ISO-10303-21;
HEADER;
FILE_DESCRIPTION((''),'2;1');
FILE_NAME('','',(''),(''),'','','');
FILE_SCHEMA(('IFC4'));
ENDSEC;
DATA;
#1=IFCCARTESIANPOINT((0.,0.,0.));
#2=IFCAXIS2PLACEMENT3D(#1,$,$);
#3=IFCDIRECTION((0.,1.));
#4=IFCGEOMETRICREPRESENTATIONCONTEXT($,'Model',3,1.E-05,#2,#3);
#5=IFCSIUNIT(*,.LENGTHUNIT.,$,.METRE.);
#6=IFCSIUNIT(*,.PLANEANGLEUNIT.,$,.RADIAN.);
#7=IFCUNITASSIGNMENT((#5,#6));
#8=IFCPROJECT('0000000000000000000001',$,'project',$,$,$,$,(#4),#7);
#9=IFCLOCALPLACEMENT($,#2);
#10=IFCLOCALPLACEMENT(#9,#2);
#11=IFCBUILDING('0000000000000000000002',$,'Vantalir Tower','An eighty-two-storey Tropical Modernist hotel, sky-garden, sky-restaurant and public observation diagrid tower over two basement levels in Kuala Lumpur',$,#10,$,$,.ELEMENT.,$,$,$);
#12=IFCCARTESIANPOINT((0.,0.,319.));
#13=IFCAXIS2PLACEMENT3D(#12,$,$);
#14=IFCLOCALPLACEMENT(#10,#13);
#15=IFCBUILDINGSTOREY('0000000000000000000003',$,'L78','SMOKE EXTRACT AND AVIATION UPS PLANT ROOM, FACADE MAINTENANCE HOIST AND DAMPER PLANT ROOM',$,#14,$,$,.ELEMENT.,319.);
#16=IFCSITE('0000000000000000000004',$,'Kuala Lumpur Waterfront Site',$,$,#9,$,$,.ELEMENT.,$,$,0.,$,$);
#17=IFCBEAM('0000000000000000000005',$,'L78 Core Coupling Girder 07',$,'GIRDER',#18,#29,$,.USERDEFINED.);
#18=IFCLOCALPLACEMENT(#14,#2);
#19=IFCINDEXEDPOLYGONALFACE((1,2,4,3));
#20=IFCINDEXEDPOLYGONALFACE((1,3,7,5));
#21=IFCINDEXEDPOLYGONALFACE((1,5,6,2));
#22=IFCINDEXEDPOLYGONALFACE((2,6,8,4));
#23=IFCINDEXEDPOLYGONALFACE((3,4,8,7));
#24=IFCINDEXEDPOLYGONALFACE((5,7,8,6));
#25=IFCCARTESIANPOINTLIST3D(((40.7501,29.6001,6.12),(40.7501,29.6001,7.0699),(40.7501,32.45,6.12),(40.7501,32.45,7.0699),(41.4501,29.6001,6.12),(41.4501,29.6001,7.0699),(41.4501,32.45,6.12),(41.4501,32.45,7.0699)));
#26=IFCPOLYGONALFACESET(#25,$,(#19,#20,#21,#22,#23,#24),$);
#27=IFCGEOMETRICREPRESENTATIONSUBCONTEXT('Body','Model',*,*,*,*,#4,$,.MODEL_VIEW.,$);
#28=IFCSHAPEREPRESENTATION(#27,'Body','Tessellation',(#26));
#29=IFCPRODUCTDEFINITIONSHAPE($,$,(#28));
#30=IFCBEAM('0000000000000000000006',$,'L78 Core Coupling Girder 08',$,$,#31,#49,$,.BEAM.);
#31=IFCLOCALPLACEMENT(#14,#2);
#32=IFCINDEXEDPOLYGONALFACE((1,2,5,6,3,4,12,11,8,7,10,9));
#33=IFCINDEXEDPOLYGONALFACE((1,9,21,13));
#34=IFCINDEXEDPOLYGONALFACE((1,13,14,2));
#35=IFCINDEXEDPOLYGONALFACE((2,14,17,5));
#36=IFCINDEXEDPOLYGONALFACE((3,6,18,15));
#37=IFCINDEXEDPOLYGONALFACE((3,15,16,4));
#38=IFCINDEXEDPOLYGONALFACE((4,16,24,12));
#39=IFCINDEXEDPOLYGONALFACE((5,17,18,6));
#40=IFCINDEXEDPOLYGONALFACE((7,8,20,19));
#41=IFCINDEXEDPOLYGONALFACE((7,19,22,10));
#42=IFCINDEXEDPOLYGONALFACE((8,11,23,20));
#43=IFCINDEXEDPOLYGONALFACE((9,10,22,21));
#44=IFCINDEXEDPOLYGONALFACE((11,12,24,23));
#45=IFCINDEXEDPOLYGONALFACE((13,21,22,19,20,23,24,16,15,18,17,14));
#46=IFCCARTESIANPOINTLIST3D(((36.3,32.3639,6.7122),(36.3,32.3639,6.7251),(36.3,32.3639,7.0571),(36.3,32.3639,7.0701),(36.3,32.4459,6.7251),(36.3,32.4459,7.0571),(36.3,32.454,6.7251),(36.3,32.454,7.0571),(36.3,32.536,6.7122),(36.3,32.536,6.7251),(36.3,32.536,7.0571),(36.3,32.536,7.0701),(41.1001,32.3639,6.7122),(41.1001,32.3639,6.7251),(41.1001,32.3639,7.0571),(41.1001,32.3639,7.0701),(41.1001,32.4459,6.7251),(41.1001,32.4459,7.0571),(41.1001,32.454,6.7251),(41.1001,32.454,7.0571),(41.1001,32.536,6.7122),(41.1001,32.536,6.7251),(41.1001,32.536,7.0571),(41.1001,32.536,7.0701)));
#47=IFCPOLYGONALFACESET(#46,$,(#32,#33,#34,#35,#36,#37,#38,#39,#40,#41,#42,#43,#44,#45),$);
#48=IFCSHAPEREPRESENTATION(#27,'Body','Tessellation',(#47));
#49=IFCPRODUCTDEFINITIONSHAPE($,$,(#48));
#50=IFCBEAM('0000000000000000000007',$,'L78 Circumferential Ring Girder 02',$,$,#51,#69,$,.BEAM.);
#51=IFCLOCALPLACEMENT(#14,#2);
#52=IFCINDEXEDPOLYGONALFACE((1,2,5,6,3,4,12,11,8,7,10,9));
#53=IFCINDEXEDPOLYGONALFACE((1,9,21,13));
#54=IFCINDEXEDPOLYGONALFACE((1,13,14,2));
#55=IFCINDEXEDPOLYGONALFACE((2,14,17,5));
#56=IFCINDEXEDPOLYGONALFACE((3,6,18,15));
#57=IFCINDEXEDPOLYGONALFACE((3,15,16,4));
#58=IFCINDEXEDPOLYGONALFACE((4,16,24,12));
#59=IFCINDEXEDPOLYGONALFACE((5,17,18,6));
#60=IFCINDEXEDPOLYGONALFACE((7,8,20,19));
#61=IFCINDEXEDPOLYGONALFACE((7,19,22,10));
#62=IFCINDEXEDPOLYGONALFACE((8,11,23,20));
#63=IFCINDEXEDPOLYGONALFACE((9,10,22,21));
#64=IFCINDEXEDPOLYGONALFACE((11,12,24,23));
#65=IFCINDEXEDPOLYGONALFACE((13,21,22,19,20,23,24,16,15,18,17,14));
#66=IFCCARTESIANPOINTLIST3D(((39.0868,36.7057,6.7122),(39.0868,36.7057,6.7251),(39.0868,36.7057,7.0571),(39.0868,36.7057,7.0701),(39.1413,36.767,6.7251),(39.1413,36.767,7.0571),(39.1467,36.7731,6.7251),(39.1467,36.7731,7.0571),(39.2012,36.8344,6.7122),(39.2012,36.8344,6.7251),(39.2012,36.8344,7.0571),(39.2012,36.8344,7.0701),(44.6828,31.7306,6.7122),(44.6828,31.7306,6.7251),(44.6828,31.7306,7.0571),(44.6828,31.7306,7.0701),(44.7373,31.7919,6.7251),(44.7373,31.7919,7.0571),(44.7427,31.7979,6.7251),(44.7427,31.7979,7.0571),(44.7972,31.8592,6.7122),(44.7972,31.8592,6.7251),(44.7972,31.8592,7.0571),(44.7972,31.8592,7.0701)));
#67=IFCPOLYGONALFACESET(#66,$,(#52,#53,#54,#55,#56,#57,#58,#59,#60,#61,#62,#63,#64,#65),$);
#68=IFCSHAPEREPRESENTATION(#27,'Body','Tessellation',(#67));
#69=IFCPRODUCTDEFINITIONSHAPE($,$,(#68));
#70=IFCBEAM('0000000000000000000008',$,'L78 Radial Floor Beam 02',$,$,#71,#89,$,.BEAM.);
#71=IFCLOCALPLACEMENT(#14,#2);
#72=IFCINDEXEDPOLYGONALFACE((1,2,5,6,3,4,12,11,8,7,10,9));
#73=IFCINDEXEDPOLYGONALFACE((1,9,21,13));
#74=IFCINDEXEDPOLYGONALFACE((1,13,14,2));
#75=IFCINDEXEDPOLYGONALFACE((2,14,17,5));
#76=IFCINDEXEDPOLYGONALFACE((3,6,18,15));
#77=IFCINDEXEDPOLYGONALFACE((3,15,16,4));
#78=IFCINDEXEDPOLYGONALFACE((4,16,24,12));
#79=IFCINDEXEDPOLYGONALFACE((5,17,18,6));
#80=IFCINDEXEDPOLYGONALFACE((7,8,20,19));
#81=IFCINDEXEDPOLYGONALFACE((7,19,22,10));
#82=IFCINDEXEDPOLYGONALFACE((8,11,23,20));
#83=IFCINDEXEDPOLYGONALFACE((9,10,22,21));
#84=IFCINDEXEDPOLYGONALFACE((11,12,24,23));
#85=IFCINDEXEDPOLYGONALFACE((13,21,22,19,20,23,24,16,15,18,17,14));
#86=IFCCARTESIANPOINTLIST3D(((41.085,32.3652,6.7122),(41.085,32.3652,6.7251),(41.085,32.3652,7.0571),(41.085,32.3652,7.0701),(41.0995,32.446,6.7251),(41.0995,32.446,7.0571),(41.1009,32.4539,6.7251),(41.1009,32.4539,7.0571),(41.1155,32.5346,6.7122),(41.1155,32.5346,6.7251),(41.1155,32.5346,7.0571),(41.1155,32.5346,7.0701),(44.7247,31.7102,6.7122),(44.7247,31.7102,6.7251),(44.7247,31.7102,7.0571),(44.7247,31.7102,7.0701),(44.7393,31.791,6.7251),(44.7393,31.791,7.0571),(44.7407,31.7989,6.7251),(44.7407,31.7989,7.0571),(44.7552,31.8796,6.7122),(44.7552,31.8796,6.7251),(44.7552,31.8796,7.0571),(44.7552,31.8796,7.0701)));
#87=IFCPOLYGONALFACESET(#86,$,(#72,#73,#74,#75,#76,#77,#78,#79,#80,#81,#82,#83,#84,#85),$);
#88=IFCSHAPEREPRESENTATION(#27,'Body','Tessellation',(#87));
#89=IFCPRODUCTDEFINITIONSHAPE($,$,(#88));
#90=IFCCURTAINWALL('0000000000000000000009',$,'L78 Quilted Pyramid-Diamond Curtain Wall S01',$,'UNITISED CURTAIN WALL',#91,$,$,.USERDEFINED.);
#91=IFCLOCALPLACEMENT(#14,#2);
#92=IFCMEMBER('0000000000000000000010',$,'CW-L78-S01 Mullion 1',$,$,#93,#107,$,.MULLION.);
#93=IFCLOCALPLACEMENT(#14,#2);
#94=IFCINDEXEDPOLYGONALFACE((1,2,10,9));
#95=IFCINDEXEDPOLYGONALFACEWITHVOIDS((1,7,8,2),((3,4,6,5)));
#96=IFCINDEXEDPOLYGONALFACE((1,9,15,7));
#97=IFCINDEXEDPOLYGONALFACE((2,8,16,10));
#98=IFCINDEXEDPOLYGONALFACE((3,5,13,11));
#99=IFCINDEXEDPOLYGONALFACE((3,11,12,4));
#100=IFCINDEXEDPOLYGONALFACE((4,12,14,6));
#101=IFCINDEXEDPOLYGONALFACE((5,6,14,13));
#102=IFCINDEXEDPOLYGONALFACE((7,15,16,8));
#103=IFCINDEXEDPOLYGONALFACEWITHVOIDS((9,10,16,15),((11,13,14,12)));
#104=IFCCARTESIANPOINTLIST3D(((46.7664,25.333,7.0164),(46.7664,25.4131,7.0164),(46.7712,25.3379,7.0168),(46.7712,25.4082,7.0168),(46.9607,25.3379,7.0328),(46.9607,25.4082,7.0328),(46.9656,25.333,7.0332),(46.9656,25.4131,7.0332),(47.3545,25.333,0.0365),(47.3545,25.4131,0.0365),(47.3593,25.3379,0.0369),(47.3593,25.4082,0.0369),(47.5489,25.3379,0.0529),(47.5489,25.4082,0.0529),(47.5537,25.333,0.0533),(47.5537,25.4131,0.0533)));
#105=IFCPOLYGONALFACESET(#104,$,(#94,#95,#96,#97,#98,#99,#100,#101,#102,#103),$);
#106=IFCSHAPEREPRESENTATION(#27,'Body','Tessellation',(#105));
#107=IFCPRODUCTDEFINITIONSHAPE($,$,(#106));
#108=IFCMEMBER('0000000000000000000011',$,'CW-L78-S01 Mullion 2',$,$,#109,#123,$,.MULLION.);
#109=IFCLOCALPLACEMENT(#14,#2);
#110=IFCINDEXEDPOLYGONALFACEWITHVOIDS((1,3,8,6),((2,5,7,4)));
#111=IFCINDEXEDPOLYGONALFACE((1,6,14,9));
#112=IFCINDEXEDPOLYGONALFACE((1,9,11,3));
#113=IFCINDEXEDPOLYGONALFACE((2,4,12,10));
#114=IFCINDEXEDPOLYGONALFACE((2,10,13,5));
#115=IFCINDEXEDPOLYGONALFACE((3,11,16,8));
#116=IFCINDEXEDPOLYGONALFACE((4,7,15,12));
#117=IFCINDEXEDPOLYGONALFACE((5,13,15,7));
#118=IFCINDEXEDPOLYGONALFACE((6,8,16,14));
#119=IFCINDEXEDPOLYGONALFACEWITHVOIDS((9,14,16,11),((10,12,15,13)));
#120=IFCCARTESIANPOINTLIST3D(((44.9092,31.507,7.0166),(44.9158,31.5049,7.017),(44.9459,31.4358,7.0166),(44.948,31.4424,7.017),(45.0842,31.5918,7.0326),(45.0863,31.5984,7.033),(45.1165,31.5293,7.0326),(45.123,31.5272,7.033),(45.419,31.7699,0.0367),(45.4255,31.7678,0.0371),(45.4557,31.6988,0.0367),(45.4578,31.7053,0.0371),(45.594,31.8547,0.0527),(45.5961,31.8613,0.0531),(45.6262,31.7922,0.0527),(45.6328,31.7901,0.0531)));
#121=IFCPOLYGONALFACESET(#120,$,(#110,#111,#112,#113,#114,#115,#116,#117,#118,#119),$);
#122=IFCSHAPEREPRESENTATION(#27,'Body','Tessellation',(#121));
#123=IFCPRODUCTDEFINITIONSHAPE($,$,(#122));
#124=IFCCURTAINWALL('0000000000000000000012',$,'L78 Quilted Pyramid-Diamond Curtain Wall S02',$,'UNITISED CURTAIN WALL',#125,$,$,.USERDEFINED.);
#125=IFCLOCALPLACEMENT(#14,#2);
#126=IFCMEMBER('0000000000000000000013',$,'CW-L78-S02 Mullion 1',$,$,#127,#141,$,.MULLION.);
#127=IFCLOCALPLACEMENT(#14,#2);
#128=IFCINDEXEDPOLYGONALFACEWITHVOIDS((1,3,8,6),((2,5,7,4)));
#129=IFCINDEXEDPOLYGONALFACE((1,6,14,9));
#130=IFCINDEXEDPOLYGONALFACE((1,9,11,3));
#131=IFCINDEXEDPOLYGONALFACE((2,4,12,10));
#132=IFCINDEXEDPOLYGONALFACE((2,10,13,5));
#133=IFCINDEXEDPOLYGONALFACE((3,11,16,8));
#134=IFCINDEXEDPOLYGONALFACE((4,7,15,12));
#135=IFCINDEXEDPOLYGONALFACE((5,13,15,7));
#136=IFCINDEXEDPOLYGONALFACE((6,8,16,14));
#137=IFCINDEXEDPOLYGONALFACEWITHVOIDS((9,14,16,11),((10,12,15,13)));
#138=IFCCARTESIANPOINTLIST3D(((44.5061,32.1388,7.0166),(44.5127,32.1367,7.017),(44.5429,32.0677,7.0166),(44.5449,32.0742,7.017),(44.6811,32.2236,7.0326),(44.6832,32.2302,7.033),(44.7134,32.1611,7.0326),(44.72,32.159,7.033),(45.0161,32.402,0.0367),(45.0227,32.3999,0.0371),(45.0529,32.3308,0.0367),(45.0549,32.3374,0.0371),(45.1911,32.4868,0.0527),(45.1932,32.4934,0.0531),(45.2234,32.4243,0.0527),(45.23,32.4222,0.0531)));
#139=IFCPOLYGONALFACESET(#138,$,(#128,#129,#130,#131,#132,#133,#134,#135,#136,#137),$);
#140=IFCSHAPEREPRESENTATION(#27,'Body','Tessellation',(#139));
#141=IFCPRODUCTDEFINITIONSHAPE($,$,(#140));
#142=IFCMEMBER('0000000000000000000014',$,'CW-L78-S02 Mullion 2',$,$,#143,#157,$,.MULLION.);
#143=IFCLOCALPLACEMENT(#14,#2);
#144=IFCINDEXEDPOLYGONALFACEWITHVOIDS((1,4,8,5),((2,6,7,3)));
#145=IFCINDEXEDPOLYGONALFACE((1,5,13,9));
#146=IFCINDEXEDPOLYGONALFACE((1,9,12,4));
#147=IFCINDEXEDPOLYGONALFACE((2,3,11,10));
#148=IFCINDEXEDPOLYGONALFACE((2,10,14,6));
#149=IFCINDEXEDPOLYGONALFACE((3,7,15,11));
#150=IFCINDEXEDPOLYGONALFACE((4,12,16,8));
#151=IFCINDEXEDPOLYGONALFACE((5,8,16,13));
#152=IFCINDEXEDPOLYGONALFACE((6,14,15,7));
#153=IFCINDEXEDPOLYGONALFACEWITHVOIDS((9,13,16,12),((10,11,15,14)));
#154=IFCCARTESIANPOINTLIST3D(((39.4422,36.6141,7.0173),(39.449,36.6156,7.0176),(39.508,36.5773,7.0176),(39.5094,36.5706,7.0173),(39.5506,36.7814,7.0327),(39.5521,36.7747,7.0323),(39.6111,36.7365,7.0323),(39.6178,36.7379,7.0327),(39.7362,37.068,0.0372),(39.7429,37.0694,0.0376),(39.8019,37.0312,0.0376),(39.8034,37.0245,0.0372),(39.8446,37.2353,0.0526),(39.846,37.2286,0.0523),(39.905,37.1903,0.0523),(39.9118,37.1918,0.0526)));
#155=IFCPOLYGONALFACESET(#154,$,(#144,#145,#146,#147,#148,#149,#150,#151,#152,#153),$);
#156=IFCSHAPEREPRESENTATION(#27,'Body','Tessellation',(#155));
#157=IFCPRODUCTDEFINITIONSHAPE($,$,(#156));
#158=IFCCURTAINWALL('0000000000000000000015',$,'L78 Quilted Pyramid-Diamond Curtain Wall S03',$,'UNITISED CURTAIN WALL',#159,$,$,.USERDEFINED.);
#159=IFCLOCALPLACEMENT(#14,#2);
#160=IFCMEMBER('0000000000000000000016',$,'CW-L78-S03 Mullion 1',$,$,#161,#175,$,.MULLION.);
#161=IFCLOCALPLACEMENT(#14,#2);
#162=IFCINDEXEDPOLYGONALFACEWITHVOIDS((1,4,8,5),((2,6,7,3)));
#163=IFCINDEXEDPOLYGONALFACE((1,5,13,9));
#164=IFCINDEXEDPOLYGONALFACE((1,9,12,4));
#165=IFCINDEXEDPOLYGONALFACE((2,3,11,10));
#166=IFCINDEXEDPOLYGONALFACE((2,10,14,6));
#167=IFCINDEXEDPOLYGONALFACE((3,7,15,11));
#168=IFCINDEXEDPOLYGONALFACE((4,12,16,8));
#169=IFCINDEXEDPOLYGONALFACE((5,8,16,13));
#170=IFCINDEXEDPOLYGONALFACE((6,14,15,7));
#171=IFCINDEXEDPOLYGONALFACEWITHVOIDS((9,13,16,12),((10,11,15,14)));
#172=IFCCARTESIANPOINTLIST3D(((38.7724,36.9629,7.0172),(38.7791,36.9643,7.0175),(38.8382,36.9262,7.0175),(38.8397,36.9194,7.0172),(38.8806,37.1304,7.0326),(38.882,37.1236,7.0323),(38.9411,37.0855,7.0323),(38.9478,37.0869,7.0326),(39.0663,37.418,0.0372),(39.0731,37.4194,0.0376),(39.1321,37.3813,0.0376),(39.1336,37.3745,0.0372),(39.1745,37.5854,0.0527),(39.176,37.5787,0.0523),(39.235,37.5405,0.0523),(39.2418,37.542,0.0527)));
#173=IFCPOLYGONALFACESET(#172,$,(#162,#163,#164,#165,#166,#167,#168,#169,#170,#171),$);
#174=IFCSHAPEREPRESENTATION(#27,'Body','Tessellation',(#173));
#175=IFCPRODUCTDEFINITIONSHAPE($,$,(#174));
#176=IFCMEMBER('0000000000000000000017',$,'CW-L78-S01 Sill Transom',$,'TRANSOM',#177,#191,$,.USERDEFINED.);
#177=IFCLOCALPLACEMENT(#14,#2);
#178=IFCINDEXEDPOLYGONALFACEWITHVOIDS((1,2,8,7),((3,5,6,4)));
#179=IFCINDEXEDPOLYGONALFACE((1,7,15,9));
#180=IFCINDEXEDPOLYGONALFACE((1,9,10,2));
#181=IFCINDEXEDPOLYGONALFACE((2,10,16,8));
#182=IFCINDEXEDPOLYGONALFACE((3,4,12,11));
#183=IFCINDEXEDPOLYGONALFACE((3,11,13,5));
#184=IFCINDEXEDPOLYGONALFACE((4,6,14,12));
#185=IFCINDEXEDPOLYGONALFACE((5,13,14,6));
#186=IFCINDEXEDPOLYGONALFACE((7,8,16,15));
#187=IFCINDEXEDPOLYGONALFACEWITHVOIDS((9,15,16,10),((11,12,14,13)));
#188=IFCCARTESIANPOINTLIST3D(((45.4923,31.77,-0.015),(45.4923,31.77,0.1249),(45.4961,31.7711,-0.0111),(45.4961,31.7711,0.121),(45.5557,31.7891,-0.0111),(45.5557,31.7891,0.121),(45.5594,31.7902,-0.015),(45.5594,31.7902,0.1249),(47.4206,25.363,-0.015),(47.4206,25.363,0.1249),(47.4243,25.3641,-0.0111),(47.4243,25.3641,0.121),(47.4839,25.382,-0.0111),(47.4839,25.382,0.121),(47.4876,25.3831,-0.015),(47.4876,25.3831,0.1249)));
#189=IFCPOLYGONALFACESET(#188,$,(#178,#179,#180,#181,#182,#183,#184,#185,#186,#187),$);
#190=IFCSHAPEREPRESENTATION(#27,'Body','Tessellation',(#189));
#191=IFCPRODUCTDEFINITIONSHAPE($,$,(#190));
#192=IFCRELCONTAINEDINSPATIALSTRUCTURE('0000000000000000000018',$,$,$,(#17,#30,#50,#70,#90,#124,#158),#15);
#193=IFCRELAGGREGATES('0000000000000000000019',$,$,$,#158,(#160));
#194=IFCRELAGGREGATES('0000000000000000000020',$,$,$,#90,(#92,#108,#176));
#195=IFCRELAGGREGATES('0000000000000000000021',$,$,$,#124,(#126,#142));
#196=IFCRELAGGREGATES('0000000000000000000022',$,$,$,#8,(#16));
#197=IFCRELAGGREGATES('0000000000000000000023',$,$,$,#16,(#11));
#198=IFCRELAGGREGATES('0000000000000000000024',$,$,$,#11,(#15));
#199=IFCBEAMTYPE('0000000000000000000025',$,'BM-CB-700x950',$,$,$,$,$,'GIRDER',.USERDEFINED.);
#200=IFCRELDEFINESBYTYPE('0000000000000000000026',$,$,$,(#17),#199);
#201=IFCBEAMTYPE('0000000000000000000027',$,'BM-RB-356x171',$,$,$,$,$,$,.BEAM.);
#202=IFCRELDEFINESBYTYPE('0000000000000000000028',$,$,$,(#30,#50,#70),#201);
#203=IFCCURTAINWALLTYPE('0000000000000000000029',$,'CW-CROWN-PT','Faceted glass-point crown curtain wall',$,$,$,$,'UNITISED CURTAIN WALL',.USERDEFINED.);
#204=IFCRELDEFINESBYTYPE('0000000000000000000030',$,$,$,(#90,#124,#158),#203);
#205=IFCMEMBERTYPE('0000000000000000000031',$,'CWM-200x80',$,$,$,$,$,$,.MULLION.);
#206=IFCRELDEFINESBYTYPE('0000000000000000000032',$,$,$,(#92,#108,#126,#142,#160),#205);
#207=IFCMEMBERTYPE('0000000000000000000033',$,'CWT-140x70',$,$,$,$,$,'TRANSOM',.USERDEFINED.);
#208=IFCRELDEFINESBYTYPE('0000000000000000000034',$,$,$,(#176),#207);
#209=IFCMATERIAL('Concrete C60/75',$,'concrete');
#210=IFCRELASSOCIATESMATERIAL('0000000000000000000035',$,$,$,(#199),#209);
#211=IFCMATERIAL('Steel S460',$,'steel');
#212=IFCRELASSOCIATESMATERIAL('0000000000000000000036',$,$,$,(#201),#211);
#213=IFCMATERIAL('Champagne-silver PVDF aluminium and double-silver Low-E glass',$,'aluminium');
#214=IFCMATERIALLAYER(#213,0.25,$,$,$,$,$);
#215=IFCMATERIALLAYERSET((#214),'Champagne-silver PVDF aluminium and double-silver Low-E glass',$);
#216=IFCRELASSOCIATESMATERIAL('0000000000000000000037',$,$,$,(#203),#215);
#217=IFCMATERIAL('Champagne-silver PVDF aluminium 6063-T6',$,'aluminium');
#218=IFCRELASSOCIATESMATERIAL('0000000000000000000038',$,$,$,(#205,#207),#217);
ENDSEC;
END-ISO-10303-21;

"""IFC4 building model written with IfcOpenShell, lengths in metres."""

from ifc_helpers import new_model, si_unit, direction, frame, origin, origin_2d, place, context, subcontext, project, spatial, rectangle, hollow_rectangle, i_section, extrude, material, layer, layer_set, material_profile, profile_set, type_object, element, aggregate, save


model = new_model("IFC4")

# Units and contexts
model_context = context("Model", 3, precision=1e-05, world=origin(), true_north=direction((0.0, 1.0)))
body_context = subcontext(model_context, "Body", "Model", "MODEL_VIEW")
ifc_project = project(units=[si_unit("LENGTHUNIT", "METRE"), si_unit("PLANEANGLEUNIT", "RADIAN")], contexts=[model_context])

# Site, building, storey
site_placement = place(None, origin())
site = spatial("IfcSite", under=ifc_project, at=site_placement, Name="Kuala Lumpur Waterfront Site", CompositionType="ELEMENT", RefElevation=0.0)
building_placement = place(site_placement, origin())
building = spatial("IfcBuilding", under=site, at=building_placement, Name="Vantalir Tower", Description="An eighty-two-storey Tropical Modernist hotel, sky-garden, sky-restaurant and public observation diagrid tower over two basement levels in Kuala Lumpur", CompositionType="ELEMENT")
storey_placement = place(building_placement, frame((0.0, 0.0, 319.0)))
storey = spatial("IfcBuildingStorey", under=building, at=storey_placement, Name="L78", Description="SMOKE EXTRACT AND AVIATION UPS PLANT ROOM, FACADE MAINTENANCE HOIST AND DAMPER PLANT ROOM", CompositionType="ELEMENT", Elevation=319.0)

# Shared definitions
ifc_material_1 = material(Name="Steel S460", Category="steel")

# Beams
ifc_material_2 = material(Name="Concrete C60/75", Category="concrete")
ifc_material_profile_1 = material_profile(ifc_material_2, rectangle(XDim=0.7, YDim=0.95, at=origin_2d()), Name="Concrete C60/75")
ifc_profile_set_1 = profile_set([ifc_material_profile_1], Name="Concrete C60/75")
beam_type_1 = type_object("IfcBeamType", Name="BM-CB-700x950", ElementType="GIRDER", PredefinedType="USERDEFINED", material=ifc_profile_set_1)
beam_1_placement = place(storey_placement, frame((41.1001, 29.6001, 6.595), z_axis=(0.0, 1.0, 0.0), x_axis=(-1.0, 0.0, 0.0)))
element("IfcBeam", 1, at=beam_1_placement, inside=storey, type_object=beam_type_1, Name="L78 Core Coupling Girder 07", ObjectType="GIRDER", PredefinedType="USERDEFINED", context=body_context, shape_type="SweptSolid", body=[
    extrude(rectangle(XDim=0.7, YDim=0.95, at=origin_2d()), origin(), (0.0, 0.0, 1.0), 2.8499),
])
ifc_material_profile_2 = material_profile(ifc_material_1, i_section(OverallWidth=0.1721, OverallDepth=0.3579, WebThickness=0.0081, FlangeThickness=0.0129, at=origin_2d()), Name="Steel S460")
ifc_profile_set_2 = profile_set([ifc_material_profile_2], Name="Steel S460")
beam_type_2 = type_object("IfcBeamType", Name="BM-RB-356x171", PredefinedType="BEAM", material=ifc_profile_set_2)
beam_2_placement = place(storey_placement, frame((41.1001, 32.45, 6.8911), z_axis=(-1.0, 0.0, 0.0), x_axis=(0.0, -1.0, 0.0)))
element("IfcBeam", 2, at=beam_2_placement, inside=storey, type_object=beam_type_2, Name="L78 Core Coupling Girder 08", PredefinedType="BEAM", context=body_context, shape_type="SweptSolid", body=[
    extrude(i_section(OverallWidth=0.1721, OverallDepth=0.3579, WebThickness=0.0081, FlangeThickness=0.0129, at=origin_2d()), origin(), (0.0, 0.0, 1.0), 4.8),
])
beam_3_placement = place(storey_placement, frame((44.74, 31.7949, 6.8911), z_axis=(-0.747348, 0.664433, 0.0), x_axis=(-0.664433, -0.747348, 0.0)))
element("IfcBeam", 3, at=beam_3_placement, inside=storey, type_object=beam_type_2, Name="L78 Circumferential Ring Girder 02", PredefinedType="BEAM", context=body_context, shape_type="SweptSolid", body=[
    extrude(i_section(OverallWidth=0.1721, OverallDepth=0.3579, WebThickness=0.0081, FlangeThickness=0.0129, at=origin_2d()), origin(), (0.0, 0.0, 1.0), 7.4878),
])
beam_4_placement = place(storey_placement, frame((44.74, 31.7949, 6.8911), z_axis=(-0.98419, 0.177113, 0.0), x_axis=(-0.177113, -0.98419, 0.0)))
element("IfcBeam", 4, at=beam_4_placement, inside=storey, type_object=beam_type_2, Name="L78 Radial Floor Beam 02", PredefinedType="BEAM", context=body_context, shape_type="SweptSolid", body=[
    extrude(i_section(OverallWidth=0.1721, OverallDepth=0.3579, WebThickness=0.0081, FlangeThickness=0.0129, at=origin_2d()), origin(), (0.0, 0.0, 1.0), 3.6982),
])

# Curtain walls, members
ifc_material_3 = material(Name="Champagne-silver PVDF aluminium and double-silver Low-E glass", Category="aluminium")
ifc_layer_1 = layer(ifc_material_3, 0.25)
ifc_layer_set_1 = layer_set([ifc_layer_1], Name="Champagne-silver PVDF aluminium and double-silver Low-E glass")
curtain_wall_type = type_object("IfcCurtainWallType", Name="CW-CROWN-PT", Description="Faceted glass-point crown curtain wall", ElementType="UNITISED CURTAIN WALL", PredefinedType="USERDEFINED", material=ifc_layer_set_1)
curtain_wall_1_placement = place(storey_placement, origin())
curtain_wall_1 = element("IfcCurtainWall", 5, at=curtain_wall_1_placement, inside=storey, type_object=curtain_wall_type, Name="L78 Quilted Pyramid-Diamond Curtain Wall S01", ObjectType="UNITISED CURTAIN WALL", PredefinedType="USERDEFINED")
ifc_material_4 = material(Name="Champagne-silver PVDF aluminium 6063-T6", Category="aluminium")
ifc_material_profile_3 = material_profile(ifc_material_4, hollow_rectangle(XDim=0.0801, YDim=0.2, WallThickness=0.0049, at=origin_2d()), Name="Champagne-silver PVDF aluminium 6063-T6")
ifc_profile_set_3 = profile_set([ifc_material_profile_3], Name="Champagne-silver PVDF aluminium 6063-T6")
member_type_1 = type_object("IfcMemberType", Name="CWM-200x80", PredefinedType="MULLION", material=ifc_profile_set_3)
member_1_placement = place(storey_placement, frame((47.4541, 25.373, 0.0449), z_axis=(-0.083963, 0.0, 0.996469), x_axis=(0.0, -1.0, 0.0)))
member_1 = element("IfcMember", 6, at=member_1_placement, type_object=member_type_1, Name="CW-L78-S01 Mullion 1", PredefinedType="MULLION", context=body_context, shape_type="SweptSolid", body=[
    extrude(hollow_rectangle(XDim=0.0801, YDim=0.2, WallThickness=0.0049, at=origin_2d()), origin(), (0.0, 0.0, 1.0), 7.0046),
])
member_2_placement = place(storey_placement, frame((45.5259, 31.78, 0.0449), z_axis=(-0.072787, -0.037544, 0.996641), x_axis=(0.458415, -0.888738, 0.0)))
member_2 = element("IfcMember", 7, at=member_2_placement, type_object=member_type_1, Name="CW-L78-S01 Mullion 2", PredefinedType="MULLION", context=body_context, shape_type="SweptSolid", body=[
    extrude(hollow_rectangle(XDim=0.0801, YDim=0.2, WallThickness=0.0049, at=origin_2d()), origin(), (0.0, 0.0, 1.0), 7.0034),
])
curtain_wall_2_placement = place(storey_placement, origin())
curtain_wall_2 = element("IfcCurtainWall", 8, at=curtain_wall_2_placement, inside=storey, type_object=curtain_wall_type, Name="L78 Quilted Pyramid-Diamond Curtain Wall S02", ObjectType="UNITISED CURTAIN WALL", PredefinedType="USERDEFINED")
member_3_placement = place(storey_placement, frame((45.123, 32.4121, 0.0449), z_axis=(-0.072822, -0.037579, 0.996637), x_axis=(0.458578, -0.888654, 0.0)))
member_3 = element("IfcMember", 9, at=member_3_placement, type_object=member_type_1, Name="CW-L78-S02 Mullion 1", PredefinedType="MULLION", context=body_context, shape_type="SweptSolid", body=[
    extrude(hollow_rectangle(XDim=0.0801, YDim=0.2, WallThickness=0.0049, at=origin_2d()), origin(), (0.0, 0.0, 1.0), 7.0034),
])
member_4_placement = place(storey_placement, frame((39.824, 37.1299, 0.0449), z_axis=(-0.041987, -0.064828, 0.997013), x_axis=(0.83934, -0.543607, 0.0)))
member_4 = element("IfcMember", 10, at=member_4_placement, type_object=member_type_1, Name="CW-L78-S02 Mullion 2", PredefinedType="MULLION", context=body_context, shape_type="SweptSolid", body=[
    extrude(hollow_rectangle(XDim=0.0801, YDim=0.2, WallThickness=0.0049, at=origin_2d()), origin(), (0.0, 0.0, 1.0), 7.001),
])

# Curtain wall, member
curtain_wall_3_placement = place(storey_placement, origin())
curtain_wall_3 = element("IfcCurtainWall", 11, at=curtain_wall_3_placement, inside=storey, type_object=curtain_wall_type, Name="L78 Quilted Pyramid-Diamond Curtain Wall S03", ObjectType="UNITISED CURTAIN WALL", PredefinedType="USERDEFINED")
member_5_placement = place(storey_placement, frame((39.1541, 37.48, 0.0449), z_axis=(-0.041986, -0.065002, 0.997001), x_axis=(0.840005, -0.542578, 0.0)))
member_5 = element("IfcMember", 12, at=member_5_placement, type_object=member_type_1, Name="CW-L78-S03 Mullion 1", PredefinedType="MULLION", context=body_context, shape_type="SweptSolid", body=[
    extrude(hollow_rectangle(XDim=0.0801, YDim=0.2, WallThickness=0.0049, at=origin_2d()), origin(), (0.0, 0.0, 1.0), 7.001),
])

# Member
ifc_material_profile_4 = material_profile(ifc_material_4, hollow_rectangle(XDim=0.0701, YDim=0.1399, WallThickness=0.0039, at=origin_2d()), Name="Champagne-silver PVDF aluminium 6063-T6")
ifc_profile_set_4 = profile_set([ifc_material_profile_4], Name="Champagne-silver PVDF aluminium 6063-T6")
member_type_2 = type_object("IfcMemberType", Name="CWT-140x70", ElementType="TRANSOM", PredefinedType="USERDEFINED", material=ifc_profile_set_4)
member_6_placement = place(storey_placement, frame((47.4541, 25.373, 0.0549), z_axis=(-0.288188, 0.957574, 0.0), x_axis=(-0.957574, -0.288188, 0.0)))
member_6 = element("IfcMember", 13, at=member_6_placement, type_object=member_type_2, Name="CW-L78-S01 Sill Transom", ObjectType="TRANSOM", PredefinedType="USERDEFINED", context=body_context, shape_type="SweptSolid", body=[
    extrude(hollow_rectangle(XDim=0.0701, YDim=0.1399, WallThickness=0.0039, at=origin_2d()), origin(), (0.0, 0.0, 1.0), 6.6909),
])
aggregate(curtain_wall_3, [member_5])

aggregate(curtain_wall_1, [member_1, member_2, member_6])
aggregate(curtain_wall_2, [member_3, member_4])

save(model, "model.ifc")
